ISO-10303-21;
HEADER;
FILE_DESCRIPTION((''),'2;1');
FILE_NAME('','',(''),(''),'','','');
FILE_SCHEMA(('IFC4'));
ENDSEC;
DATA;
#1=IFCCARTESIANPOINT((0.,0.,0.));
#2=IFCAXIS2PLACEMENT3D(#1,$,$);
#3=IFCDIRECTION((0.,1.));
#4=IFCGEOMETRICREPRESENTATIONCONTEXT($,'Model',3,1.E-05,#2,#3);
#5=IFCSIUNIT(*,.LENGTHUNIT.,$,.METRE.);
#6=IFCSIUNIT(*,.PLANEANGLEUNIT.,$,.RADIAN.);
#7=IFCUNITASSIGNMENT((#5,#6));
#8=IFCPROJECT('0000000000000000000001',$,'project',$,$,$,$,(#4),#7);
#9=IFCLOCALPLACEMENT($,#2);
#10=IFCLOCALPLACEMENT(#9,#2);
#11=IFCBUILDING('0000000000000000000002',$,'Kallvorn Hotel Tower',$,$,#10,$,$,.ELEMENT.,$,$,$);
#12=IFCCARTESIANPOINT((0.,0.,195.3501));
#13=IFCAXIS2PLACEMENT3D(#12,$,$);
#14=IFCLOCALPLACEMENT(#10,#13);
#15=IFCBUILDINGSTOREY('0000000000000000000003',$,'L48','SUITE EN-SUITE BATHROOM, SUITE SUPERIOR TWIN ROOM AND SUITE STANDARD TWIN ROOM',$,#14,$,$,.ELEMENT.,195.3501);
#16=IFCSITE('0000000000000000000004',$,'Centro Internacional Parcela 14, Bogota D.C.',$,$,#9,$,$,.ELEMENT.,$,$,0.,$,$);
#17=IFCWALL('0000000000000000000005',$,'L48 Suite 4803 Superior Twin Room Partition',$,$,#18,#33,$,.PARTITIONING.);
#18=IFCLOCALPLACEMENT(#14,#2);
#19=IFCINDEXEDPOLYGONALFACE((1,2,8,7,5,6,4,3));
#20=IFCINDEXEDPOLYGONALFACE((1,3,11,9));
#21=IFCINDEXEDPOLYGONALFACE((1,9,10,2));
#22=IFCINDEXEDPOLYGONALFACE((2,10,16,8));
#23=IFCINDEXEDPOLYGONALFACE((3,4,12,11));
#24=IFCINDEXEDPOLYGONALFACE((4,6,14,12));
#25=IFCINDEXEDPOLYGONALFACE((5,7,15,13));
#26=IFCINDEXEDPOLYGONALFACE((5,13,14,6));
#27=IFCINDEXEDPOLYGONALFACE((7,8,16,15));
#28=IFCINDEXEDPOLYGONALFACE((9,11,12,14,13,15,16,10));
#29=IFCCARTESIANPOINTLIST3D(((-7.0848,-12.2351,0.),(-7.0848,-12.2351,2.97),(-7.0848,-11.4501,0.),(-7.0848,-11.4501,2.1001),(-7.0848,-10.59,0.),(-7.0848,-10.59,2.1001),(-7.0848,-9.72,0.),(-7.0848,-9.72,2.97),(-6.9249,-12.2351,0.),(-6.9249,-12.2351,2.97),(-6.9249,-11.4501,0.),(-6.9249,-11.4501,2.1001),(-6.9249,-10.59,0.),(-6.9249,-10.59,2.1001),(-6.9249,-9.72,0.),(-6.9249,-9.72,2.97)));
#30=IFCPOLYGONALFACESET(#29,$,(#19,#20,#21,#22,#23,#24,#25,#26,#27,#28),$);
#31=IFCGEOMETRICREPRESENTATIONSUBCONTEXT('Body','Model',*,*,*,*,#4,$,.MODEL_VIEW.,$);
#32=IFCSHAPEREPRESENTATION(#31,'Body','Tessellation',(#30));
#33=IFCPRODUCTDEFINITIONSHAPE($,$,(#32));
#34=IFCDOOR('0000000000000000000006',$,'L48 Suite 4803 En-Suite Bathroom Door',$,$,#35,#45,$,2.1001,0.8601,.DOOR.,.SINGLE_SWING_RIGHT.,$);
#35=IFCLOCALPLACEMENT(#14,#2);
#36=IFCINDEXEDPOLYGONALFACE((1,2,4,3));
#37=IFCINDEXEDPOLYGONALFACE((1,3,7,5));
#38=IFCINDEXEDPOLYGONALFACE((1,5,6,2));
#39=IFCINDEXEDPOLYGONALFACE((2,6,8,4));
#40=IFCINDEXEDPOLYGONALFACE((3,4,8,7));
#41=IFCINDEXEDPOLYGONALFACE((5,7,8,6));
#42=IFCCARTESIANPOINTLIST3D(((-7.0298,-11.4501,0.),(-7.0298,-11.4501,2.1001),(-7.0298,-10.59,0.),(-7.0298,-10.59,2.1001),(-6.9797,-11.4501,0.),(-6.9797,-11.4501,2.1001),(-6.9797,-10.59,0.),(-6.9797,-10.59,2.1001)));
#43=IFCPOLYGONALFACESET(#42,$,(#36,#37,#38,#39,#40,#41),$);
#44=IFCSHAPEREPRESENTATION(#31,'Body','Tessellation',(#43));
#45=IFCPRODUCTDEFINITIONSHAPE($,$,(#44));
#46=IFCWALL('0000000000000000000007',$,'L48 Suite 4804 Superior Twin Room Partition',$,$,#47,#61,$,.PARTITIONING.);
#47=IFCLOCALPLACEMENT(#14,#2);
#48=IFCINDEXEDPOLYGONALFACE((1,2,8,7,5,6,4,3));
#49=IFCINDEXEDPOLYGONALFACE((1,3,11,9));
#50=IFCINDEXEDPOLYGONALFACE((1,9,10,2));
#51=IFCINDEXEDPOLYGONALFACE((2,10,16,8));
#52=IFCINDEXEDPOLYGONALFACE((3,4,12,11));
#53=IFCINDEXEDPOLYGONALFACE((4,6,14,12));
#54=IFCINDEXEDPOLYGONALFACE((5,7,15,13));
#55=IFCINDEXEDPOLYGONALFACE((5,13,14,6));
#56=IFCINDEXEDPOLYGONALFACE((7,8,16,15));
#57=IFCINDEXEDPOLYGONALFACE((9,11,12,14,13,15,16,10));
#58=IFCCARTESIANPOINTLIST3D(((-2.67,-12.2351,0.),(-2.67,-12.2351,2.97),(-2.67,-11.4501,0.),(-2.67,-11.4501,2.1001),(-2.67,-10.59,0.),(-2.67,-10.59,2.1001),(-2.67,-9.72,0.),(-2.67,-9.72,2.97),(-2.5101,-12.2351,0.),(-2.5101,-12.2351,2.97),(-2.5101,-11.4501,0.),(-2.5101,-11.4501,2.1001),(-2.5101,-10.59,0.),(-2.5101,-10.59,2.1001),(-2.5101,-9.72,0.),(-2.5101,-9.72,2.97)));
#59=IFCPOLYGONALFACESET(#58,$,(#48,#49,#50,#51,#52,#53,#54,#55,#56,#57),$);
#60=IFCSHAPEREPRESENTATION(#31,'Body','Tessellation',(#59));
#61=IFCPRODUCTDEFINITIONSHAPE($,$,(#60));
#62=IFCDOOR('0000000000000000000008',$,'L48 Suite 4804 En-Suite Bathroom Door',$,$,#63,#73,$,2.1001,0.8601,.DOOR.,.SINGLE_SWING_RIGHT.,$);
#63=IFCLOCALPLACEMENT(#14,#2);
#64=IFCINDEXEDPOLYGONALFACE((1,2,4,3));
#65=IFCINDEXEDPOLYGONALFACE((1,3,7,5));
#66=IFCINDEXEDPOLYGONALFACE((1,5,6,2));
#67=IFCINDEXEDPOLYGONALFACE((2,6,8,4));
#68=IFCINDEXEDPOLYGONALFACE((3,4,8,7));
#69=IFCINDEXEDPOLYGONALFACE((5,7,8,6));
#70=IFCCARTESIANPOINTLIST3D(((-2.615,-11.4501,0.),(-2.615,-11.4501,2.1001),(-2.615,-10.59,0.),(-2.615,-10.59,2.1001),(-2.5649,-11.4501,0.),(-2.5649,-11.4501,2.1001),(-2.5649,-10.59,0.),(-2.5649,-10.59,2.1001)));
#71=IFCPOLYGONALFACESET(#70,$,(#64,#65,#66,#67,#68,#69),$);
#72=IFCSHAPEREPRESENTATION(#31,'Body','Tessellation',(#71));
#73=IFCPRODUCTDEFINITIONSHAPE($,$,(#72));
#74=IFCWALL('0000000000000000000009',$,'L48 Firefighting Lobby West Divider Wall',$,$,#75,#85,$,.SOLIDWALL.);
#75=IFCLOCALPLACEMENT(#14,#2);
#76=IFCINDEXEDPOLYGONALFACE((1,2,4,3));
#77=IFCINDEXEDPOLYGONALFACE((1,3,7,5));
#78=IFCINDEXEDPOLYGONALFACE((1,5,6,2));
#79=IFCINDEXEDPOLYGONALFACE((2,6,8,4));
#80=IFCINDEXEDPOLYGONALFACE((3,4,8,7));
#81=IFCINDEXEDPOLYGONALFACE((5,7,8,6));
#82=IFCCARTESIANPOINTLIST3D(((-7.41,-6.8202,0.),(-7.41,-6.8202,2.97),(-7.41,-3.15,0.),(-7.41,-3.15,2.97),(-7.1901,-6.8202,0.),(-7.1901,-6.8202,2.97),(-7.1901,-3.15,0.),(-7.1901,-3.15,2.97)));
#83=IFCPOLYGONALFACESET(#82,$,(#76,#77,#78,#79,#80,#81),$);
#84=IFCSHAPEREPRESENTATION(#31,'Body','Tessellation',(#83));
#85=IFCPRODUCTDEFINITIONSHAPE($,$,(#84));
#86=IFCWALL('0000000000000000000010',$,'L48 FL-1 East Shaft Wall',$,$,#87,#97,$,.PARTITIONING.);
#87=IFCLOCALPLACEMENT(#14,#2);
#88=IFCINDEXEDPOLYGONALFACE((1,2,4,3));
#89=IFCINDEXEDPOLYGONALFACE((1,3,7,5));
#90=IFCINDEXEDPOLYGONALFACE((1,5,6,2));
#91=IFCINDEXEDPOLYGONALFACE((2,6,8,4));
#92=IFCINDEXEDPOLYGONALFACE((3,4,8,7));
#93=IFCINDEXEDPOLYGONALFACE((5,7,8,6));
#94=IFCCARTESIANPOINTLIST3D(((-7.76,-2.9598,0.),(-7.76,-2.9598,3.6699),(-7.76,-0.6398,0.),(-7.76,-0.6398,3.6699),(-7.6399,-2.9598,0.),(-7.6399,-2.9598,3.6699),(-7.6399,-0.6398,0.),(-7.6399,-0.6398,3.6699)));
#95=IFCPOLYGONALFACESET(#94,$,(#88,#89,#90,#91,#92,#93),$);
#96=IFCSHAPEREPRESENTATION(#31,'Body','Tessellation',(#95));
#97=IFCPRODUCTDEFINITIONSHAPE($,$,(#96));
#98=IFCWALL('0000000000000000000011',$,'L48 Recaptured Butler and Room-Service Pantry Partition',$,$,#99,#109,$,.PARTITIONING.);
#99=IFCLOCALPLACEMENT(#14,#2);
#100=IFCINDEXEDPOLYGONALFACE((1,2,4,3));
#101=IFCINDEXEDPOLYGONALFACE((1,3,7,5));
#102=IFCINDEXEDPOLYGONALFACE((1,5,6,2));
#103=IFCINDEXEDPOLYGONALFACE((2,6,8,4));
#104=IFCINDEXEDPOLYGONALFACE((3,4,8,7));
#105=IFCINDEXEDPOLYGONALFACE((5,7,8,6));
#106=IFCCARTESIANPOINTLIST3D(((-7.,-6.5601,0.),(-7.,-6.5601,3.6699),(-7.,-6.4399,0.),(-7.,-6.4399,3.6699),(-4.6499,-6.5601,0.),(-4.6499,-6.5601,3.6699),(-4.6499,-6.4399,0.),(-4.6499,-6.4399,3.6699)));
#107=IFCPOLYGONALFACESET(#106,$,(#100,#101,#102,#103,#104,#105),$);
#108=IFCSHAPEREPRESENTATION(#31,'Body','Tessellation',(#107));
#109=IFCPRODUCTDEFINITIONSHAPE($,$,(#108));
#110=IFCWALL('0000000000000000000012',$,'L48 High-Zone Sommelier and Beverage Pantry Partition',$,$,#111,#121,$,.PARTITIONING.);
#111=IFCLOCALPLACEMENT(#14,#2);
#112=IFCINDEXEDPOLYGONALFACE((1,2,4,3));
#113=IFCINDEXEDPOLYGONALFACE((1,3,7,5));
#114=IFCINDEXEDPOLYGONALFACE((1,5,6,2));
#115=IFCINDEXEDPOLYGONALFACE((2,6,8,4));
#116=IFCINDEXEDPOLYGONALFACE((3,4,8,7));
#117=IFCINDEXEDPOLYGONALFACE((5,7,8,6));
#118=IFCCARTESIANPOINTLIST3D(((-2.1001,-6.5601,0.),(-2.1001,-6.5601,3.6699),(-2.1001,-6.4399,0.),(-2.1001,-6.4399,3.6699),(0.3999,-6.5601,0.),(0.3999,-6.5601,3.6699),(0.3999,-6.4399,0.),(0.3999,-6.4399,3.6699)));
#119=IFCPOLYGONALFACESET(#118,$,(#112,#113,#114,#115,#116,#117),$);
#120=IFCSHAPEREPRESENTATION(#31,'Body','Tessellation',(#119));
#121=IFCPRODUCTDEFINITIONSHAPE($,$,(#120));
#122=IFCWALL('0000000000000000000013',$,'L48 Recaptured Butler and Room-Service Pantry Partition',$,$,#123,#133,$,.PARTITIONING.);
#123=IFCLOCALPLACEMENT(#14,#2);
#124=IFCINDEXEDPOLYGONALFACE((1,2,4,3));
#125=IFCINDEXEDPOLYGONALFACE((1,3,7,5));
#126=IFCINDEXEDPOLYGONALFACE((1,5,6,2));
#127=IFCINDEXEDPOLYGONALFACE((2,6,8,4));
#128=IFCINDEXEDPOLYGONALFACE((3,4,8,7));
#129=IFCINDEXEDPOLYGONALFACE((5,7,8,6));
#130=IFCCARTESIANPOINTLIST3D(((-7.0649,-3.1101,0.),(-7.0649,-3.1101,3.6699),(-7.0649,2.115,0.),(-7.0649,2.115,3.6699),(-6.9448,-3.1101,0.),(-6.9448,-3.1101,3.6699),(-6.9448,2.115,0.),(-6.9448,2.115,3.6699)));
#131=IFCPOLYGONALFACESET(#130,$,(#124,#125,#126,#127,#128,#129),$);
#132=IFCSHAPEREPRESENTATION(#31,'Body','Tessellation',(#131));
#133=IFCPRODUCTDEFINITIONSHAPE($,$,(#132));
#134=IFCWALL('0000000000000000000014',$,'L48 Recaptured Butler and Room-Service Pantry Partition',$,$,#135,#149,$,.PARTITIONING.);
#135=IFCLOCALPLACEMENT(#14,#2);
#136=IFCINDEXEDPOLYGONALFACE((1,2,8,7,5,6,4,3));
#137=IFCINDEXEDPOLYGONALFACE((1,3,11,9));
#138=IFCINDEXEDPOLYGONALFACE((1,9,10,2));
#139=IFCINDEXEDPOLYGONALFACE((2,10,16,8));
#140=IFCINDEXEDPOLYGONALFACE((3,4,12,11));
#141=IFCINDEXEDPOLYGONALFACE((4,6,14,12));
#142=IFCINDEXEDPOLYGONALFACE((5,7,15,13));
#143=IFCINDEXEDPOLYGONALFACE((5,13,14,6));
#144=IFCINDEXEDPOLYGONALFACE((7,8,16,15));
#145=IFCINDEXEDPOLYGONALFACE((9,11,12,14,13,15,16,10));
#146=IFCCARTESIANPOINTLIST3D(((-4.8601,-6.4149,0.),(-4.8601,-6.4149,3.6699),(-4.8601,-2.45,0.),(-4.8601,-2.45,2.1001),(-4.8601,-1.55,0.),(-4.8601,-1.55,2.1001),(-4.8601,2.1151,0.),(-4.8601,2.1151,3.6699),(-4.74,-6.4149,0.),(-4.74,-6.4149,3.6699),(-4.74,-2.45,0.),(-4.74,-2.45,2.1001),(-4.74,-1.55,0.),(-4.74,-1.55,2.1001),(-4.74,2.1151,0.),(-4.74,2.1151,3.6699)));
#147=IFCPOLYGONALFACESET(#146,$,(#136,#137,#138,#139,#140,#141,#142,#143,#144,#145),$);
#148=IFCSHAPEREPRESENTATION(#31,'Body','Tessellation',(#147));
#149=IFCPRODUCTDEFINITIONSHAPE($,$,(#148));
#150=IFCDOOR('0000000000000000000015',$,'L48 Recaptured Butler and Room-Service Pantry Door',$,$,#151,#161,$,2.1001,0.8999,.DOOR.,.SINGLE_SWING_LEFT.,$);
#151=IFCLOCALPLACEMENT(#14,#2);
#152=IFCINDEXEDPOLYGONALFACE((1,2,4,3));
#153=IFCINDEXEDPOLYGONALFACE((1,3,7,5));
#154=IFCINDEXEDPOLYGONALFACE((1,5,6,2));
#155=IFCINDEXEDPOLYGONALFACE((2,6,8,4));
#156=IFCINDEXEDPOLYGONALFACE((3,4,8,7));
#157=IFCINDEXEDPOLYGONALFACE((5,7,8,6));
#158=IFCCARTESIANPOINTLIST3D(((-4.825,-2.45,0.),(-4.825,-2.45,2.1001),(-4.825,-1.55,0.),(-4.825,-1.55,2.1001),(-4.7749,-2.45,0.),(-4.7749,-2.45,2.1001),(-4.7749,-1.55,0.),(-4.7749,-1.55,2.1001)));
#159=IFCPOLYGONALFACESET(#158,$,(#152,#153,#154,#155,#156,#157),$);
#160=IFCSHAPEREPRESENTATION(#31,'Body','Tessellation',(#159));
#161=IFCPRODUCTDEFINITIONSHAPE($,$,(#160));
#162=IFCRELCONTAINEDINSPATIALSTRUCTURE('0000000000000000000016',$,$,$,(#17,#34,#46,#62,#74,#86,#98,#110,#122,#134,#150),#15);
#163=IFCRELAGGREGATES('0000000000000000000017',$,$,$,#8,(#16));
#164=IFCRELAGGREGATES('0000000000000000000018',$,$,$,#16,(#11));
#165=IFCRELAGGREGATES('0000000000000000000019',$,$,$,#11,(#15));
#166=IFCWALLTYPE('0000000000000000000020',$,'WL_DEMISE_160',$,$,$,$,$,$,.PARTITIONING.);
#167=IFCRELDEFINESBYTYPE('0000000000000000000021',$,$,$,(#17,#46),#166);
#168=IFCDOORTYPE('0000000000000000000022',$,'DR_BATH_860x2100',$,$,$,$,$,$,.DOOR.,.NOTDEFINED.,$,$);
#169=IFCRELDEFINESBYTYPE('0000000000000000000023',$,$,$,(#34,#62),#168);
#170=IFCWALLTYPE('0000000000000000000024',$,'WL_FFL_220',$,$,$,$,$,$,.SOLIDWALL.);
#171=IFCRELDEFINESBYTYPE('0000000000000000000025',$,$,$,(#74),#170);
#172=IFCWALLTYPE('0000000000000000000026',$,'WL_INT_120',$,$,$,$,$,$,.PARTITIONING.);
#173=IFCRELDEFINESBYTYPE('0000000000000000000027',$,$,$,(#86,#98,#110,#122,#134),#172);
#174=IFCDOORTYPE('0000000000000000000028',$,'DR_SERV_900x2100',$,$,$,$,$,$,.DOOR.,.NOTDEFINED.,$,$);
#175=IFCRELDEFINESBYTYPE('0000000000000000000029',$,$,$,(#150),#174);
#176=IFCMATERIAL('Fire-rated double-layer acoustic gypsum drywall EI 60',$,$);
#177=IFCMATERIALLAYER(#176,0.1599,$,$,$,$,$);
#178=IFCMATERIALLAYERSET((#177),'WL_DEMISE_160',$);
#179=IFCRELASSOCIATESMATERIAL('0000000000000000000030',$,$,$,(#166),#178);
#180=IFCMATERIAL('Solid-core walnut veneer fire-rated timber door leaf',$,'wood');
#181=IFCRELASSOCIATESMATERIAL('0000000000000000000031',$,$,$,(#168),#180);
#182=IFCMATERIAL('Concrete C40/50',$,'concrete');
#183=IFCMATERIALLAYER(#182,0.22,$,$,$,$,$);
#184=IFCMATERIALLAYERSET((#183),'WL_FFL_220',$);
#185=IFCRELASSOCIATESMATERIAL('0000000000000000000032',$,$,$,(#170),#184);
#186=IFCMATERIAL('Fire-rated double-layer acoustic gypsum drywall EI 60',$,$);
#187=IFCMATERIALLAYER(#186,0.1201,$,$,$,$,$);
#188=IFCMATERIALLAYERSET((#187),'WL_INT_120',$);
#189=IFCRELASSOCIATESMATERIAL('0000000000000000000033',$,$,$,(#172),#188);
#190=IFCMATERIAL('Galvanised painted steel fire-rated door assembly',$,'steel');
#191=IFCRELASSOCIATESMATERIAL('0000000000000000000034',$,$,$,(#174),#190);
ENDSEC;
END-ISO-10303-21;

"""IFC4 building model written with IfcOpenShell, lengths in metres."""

from ifc_helpers import new_model, si_unit, direction, frame, frame_2d, origin, place, context, subcontext, project, spatial, rectangle, extrude, material, layer, layer_set, type_object, element, fill, save


model = new_model("IFC4")

# Units and contexts
model_context = context("Model", 3, precision=1e-05, world=origin(), true_north=direction((0.0, 1.0)))
body_context = subcontext(model_context, "Body", "Model", "MODEL_VIEW")
ifc_project = project(units=[si_unit("LENGTHUNIT", "METRE"), si_unit("PLANEANGLEUNIT", "RADIAN")], contexts=[model_context])

# Site, building, storey
site_placement = place(None, origin())
site = spatial("IfcSite", under=ifc_project, at=site_placement, Name="Centro Internacional Parcela 14, Bogota D.C.", CompositionType="ELEMENT", RefElevation=0.0)
building_placement = place(site_placement, origin())
building = spatial("IfcBuilding", under=site, at=building_placement, Name="Kallvorn Hotel Tower", CompositionType="ELEMENT")
storey_placement = place(building_placement, frame((0.0, 0.0, 195.3501)))
storey = spatial("IfcBuildingStorey", under=building, at=storey_placement, Name="L48", Description="SUITE EN-SUITE BATHROOM, SUITE SUPERIOR TWIN ROOM AND SUITE STANDARD TWIN ROOM", CompositionType="ELEMENT", Elevation=195.3501)

# Shared definitions
ifc_material_1 = material(Name="Fire-rated double-layer acoustic gypsum drywall EI 60")
ifc_layer_1 = layer(ifc_material_1, 0.1599)
ifc_layer_set_1 = layer_set([ifc_layer_1], Name="WL_DEMISE_160")
wall_type_1 = type_object("IfcWallType", Name="WL_DEMISE_160", PredefinedType="PARTITIONING", material=ifc_layer_set_1)

# Walls, openings, doors
wall_1_placement = place(storey_placement, frame((-7.0049, -12.2351, 0.0), z_axis=(0.0, 0.0, 1.0), x_axis=(0.0, 1.0, 0.0)))
wall_1 = element("IfcWall", 1, at=wall_1_placement, inside=storey, type_object=wall_type_1, Name="L48 Suite 4803 Superior Twin Room Partition", PredefinedType="PARTITIONING", context=body_context, shape_type="SweptSolid", body=[
    extrude(rectangle(XDim=2.5151, YDim=0.1599, at=frame_2d((1.2576, 0.0))), origin(), (0.0, 0.0, 1.0), 2.97),
])
opening_1_placement = place(wall_1_placement, frame((0.7849, 0.0, 0.0)))
opening_1 = element("IfcOpeningElement", 2, at=opening_1_placement, cuts=wall_1, PredefinedType="OPENING", context=body_context, shape_type="SweptSolid", body=[
    extrude(rectangle(XDim=0.8601, YDim=2.1001, at=frame_2d((0.4302, 1.05))), frame((0.0, 0.095, 0.0), z_axis=(0.0, -1.0, 0.0), x_axis=(1.0, 0.0, 0.0)), (0.0, 0.0, 1.0), 0.1899),
])
ifc_material_2 = material(Name="Solid-core walnut veneer fire-rated timber door leaf", Category="wood")
door_type_1 = type_object("IfcDoorType", Name="DR_BATH_860x2100", OperationType="NOTDEFINED", PredefinedType="DOOR", material=ifc_material_2)
door_1_placement = place(opening_1_placement, origin())
door_1 = element("IfcDoor", 3, at=door_1_placement, inside=storey, type_object=door_type_1, Name="L48 Suite 4803 En-Suite Bathroom Door", OperationType="SINGLE_SWING_RIGHT", OverallHeight=2.1001, OverallWidth=0.8601, PredefinedType="DOOR", context=body_context, shape_type="SweptSolid", body=[
    extrude(rectangle(XDim=0.8601, YDim=2.1001, at=frame_2d((0.4302, 1.05))), frame((0.0, 0.0249, 0.0), z_axis=(0.0, -1.0, 0.0), x_axis=(1.0, 0.0, 0.0)), (0.0, 0.0, 1.0), 0.05),
])
fill(opening_1, door_1)
wall_2_placement = place(storey_placement, frame((-2.5901, -12.2351, 0.0), z_axis=(0.0, 0.0, 1.0), x_axis=(0.0, 1.0, 0.0)))
wall_2 = element("IfcWall", 4, at=wall_2_placement, inside=storey, type_object=wall_type_1, Name="L48 Suite 4804 Superior Twin Room Partition", PredefinedType="PARTITIONING", context=body_context, shape_type="SweptSolid", body=[
    extrude(rectangle(XDim=2.5151, YDim=0.1599, at=frame_2d((1.2576, 0.0))), origin(), (0.0, 0.0, 1.0), 2.97),
])
opening_2_placement = place(wall_2_placement, frame((0.7849, 0.0, 0.0)))
opening_2 = element("IfcOpeningElement", 5, at=opening_2_placement, cuts=wall_2, PredefinedType="OPENING", context=body_context, shape_type="SweptSolid", body=[
    extrude(rectangle(XDim=0.8601, YDim=2.1001, at=frame_2d((0.4302, 1.05))), frame((0.0, 0.095, 0.0), z_axis=(0.0, -1.0, 0.0), x_axis=(1.0, 0.0, 0.0)), (0.0, 0.0, 1.0), 0.1899),
])
door_2_placement = place(opening_2_placement, origin())
door_2 = element("IfcDoor", 6, at=door_2_placement, inside=storey, type_object=door_type_1, Name="L48 Suite 4804 En-Suite Bathroom Door", OperationType="SINGLE_SWING_RIGHT", OverallHeight=2.1001, OverallWidth=0.8601, PredefinedType="DOOR", context=body_context, shape_type="SweptSolid", body=[
    extrude(rectangle(XDim=0.8601, YDim=2.1001, at=frame_2d((0.4302, 1.05))), frame((0.0, 0.0249, 0.0), z_axis=(0.0, -1.0, 0.0), x_axis=(1.0, 0.0, 0.0)), (0.0, 0.0, 1.0), 0.05),
])
fill(opening_2, door_2)

# Walls
ifc_material_3 = material(Name="Concrete C40/50", Category="concrete")
ifc_layer_2 = layer(ifc_material_3, 0.22)
ifc_layer_set_2 = layer_set([ifc_layer_2], Name="WL_FFL_220")
wall_type_2 = type_object("IfcWallType", Name="WL_FFL_220", PredefinedType="SOLIDWALL", material=ifc_layer_set_2)
wall_3_placement = place(storey_placement, frame((-7.3, -6.8201, 0.0), z_axis=(0.0, 0.0, 1.0), x_axis=(0.0, 1.0, 0.0)))
element("IfcWall", 7, at=wall_3_placement, inside=storey, type_object=wall_type_2, Name="L48 Firefighting Lobby West Divider Wall", PredefinedType="SOLIDWALL", context=body_context, shape_type="SweptSolid", body=[
    extrude(rectangle(XDim=3.6702, YDim=0.22, at=frame_2d((1.835, 0.0))), origin(), (0.0, 0.0, 1.0), 2.97),
])
ifc_material_4 = material(Name="Fire-rated double-layer acoustic gypsum drywall EI 60")
ifc_layer_3 = layer(ifc_material_4, 0.1201)
ifc_layer_set_3 = layer_set([ifc_layer_3], Name="WL_INT_120")
wall_type_3 = type_object("IfcWallType", Name="WL_INT_120", PredefinedType="PARTITIONING", material=ifc_layer_set_3)
wall_4_placement = place(storey_placement, frame((-7.7, -2.96, 0.0), z_axis=(0.0, 0.0, 1.0), x_axis=(0.0, 1.0, 0.0)))
element("IfcWall", 8, at=wall_4_placement, inside=storey, type_object=wall_type_3, Name="L48 FL-1 East Shaft Wall", PredefinedType="PARTITIONING", context=body_context, shape_type="SweptSolid", body=[
    extrude(rectangle(XDim=2.3201, YDim=0.1201, at=frame_2d((1.1602, 0.0))), origin(), (0.0, 0.0, 1.0), 3.6699),
])
wall_5_placement = place(storey_placement, frame((-7.0, -6.5, 0.0), z_axis=(0.0, 0.0, 1.0), x_axis=(1.0, 0.0, 0.0)))
element("IfcWall", 9, at=wall_5_placement, inside=storey, type_object=wall_type_3, Name="L48 Recaptured Butler and Room-Service Pantry Partition", PredefinedType="PARTITIONING", context=body_context, shape_type="SweptSolid", body=[
    extrude(rectangle(XDim=2.3501, YDim=0.1201, at=frame_2d((1.175, 0.0))), origin(), (0.0, 0.0, 1.0), 3.6699),
])
wall_6_placement = place(storey_placement, frame((-2.1001, -6.5, 0.0), z_axis=(0.0, 0.0, 1.0), x_axis=(1.0, 0.0, 0.0)))
element("IfcWall", 10, at=wall_6_placement, inside=storey, type_object=wall_type_3, Name="L48 High-Zone Sommelier and Beverage Pantry Partition", PredefinedType="PARTITIONING", context=body_context, shape_type="SweptSolid", body=[
    extrude(rectangle(XDim=2.5, YDim=0.1201, at=frame_2d((1.25, 0.0))), origin(), (0.0, 0.0, 1.0), 3.6699),
])
wall_7_placement = place(storey_placement, frame((-7.0049, -3.1101, 0.0), z_axis=(0.0, 0.0, 1.0), x_axis=(0.0, 1.0, 0.0)))
element("IfcWall", 11, at=wall_7_placement, inside=storey, type_object=wall_type_3, Name="L48 Recaptured Butler and Room-Service Pantry Partition", PredefinedType="PARTITIONING", context=body_context, shape_type="SweptSolid", body=[
    extrude(rectangle(XDim=5.2251, YDim=0.1201, at=frame_2d((2.6125, 0.0))), origin(), (0.0, 0.0, 1.0), 3.6699),
])

# Wall, opening, door
wall_8_placement = place(storey_placement, frame((-4.8, -6.415, 0.0), z_axis=(0.0, 0.0, 1.0), x_axis=(0.0, 1.0, 0.0)))
wall_8 = element("IfcWall", 12, at=wall_8_placement, inside=storey, type_object=wall_type_3, Name="L48 Recaptured Butler and Room-Service Pantry Partition", PredefinedType="PARTITIONING", context=body_context, shape_type="SweptSolid", body=[
    extrude(rectangle(XDim=8.53, YDim=0.1201, at=frame_2d((4.2651, 0.0))), origin(), (0.0, 0.0, 1.0), 3.6699),
])
opening_3_placement = place(wall_8_placement, frame((3.9651, 0.0, 0.0)))
opening_3 = element("IfcOpeningElement", 13, at=opening_3_placement, cuts=wall_8, PredefinedType="OPENING", context=body_context, shape_type="SweptSolid", body=[
    extrude(rectangle(XDim=0.8999, YDim=2.1001, at=frame_2d((0.45, 1.05))), frame((0.0, 0.075, 0.0), z_axis=(0.0, -1.0, 0.0), x_axis=(1.0, 0.0, 0.0)), (0.0, 0.0, 1.0), 0.1501),
])
ifc_material_5 = material(Name="Galvanised painted steel fire-rated door assembly", Category="steel")
door_type_2 = type_object("IfcDoorType", Name="DR_SERV_900x2100", OperationType="NOTDEFINED", PredefinedType="DOOR", material=ifc_material_5)
door_3_placement = place(opening_3_placement, origin())
door_3 = element("IfcDoor", 14, at=door_3_placement, inside=storey, type_object=door_type_2, Name="L48 Recaptured Butler and Room-Service Pantry Door", OperationType="SINGLE_SWING_LEFT", OverallHeight=2.1001, OverallWidth=0.8999, PredefinedType="DOOR", context=body_context, shape_type="SweptSolid", body=[
    extrude(rectangle(XDim=0.8999, YDim=2.1001, at=frame_2d((0.45, 1.05))), frame((0.0, 0.0249, 0.0), z_axis=(0.0, -1.0, 0.0), x_axis=(1.0, 0.0, 0.0)), (0.0, 0.0, 1.0), 0.05),
])
fill(opening_3, door_3)

save(model, "model.ifc")
